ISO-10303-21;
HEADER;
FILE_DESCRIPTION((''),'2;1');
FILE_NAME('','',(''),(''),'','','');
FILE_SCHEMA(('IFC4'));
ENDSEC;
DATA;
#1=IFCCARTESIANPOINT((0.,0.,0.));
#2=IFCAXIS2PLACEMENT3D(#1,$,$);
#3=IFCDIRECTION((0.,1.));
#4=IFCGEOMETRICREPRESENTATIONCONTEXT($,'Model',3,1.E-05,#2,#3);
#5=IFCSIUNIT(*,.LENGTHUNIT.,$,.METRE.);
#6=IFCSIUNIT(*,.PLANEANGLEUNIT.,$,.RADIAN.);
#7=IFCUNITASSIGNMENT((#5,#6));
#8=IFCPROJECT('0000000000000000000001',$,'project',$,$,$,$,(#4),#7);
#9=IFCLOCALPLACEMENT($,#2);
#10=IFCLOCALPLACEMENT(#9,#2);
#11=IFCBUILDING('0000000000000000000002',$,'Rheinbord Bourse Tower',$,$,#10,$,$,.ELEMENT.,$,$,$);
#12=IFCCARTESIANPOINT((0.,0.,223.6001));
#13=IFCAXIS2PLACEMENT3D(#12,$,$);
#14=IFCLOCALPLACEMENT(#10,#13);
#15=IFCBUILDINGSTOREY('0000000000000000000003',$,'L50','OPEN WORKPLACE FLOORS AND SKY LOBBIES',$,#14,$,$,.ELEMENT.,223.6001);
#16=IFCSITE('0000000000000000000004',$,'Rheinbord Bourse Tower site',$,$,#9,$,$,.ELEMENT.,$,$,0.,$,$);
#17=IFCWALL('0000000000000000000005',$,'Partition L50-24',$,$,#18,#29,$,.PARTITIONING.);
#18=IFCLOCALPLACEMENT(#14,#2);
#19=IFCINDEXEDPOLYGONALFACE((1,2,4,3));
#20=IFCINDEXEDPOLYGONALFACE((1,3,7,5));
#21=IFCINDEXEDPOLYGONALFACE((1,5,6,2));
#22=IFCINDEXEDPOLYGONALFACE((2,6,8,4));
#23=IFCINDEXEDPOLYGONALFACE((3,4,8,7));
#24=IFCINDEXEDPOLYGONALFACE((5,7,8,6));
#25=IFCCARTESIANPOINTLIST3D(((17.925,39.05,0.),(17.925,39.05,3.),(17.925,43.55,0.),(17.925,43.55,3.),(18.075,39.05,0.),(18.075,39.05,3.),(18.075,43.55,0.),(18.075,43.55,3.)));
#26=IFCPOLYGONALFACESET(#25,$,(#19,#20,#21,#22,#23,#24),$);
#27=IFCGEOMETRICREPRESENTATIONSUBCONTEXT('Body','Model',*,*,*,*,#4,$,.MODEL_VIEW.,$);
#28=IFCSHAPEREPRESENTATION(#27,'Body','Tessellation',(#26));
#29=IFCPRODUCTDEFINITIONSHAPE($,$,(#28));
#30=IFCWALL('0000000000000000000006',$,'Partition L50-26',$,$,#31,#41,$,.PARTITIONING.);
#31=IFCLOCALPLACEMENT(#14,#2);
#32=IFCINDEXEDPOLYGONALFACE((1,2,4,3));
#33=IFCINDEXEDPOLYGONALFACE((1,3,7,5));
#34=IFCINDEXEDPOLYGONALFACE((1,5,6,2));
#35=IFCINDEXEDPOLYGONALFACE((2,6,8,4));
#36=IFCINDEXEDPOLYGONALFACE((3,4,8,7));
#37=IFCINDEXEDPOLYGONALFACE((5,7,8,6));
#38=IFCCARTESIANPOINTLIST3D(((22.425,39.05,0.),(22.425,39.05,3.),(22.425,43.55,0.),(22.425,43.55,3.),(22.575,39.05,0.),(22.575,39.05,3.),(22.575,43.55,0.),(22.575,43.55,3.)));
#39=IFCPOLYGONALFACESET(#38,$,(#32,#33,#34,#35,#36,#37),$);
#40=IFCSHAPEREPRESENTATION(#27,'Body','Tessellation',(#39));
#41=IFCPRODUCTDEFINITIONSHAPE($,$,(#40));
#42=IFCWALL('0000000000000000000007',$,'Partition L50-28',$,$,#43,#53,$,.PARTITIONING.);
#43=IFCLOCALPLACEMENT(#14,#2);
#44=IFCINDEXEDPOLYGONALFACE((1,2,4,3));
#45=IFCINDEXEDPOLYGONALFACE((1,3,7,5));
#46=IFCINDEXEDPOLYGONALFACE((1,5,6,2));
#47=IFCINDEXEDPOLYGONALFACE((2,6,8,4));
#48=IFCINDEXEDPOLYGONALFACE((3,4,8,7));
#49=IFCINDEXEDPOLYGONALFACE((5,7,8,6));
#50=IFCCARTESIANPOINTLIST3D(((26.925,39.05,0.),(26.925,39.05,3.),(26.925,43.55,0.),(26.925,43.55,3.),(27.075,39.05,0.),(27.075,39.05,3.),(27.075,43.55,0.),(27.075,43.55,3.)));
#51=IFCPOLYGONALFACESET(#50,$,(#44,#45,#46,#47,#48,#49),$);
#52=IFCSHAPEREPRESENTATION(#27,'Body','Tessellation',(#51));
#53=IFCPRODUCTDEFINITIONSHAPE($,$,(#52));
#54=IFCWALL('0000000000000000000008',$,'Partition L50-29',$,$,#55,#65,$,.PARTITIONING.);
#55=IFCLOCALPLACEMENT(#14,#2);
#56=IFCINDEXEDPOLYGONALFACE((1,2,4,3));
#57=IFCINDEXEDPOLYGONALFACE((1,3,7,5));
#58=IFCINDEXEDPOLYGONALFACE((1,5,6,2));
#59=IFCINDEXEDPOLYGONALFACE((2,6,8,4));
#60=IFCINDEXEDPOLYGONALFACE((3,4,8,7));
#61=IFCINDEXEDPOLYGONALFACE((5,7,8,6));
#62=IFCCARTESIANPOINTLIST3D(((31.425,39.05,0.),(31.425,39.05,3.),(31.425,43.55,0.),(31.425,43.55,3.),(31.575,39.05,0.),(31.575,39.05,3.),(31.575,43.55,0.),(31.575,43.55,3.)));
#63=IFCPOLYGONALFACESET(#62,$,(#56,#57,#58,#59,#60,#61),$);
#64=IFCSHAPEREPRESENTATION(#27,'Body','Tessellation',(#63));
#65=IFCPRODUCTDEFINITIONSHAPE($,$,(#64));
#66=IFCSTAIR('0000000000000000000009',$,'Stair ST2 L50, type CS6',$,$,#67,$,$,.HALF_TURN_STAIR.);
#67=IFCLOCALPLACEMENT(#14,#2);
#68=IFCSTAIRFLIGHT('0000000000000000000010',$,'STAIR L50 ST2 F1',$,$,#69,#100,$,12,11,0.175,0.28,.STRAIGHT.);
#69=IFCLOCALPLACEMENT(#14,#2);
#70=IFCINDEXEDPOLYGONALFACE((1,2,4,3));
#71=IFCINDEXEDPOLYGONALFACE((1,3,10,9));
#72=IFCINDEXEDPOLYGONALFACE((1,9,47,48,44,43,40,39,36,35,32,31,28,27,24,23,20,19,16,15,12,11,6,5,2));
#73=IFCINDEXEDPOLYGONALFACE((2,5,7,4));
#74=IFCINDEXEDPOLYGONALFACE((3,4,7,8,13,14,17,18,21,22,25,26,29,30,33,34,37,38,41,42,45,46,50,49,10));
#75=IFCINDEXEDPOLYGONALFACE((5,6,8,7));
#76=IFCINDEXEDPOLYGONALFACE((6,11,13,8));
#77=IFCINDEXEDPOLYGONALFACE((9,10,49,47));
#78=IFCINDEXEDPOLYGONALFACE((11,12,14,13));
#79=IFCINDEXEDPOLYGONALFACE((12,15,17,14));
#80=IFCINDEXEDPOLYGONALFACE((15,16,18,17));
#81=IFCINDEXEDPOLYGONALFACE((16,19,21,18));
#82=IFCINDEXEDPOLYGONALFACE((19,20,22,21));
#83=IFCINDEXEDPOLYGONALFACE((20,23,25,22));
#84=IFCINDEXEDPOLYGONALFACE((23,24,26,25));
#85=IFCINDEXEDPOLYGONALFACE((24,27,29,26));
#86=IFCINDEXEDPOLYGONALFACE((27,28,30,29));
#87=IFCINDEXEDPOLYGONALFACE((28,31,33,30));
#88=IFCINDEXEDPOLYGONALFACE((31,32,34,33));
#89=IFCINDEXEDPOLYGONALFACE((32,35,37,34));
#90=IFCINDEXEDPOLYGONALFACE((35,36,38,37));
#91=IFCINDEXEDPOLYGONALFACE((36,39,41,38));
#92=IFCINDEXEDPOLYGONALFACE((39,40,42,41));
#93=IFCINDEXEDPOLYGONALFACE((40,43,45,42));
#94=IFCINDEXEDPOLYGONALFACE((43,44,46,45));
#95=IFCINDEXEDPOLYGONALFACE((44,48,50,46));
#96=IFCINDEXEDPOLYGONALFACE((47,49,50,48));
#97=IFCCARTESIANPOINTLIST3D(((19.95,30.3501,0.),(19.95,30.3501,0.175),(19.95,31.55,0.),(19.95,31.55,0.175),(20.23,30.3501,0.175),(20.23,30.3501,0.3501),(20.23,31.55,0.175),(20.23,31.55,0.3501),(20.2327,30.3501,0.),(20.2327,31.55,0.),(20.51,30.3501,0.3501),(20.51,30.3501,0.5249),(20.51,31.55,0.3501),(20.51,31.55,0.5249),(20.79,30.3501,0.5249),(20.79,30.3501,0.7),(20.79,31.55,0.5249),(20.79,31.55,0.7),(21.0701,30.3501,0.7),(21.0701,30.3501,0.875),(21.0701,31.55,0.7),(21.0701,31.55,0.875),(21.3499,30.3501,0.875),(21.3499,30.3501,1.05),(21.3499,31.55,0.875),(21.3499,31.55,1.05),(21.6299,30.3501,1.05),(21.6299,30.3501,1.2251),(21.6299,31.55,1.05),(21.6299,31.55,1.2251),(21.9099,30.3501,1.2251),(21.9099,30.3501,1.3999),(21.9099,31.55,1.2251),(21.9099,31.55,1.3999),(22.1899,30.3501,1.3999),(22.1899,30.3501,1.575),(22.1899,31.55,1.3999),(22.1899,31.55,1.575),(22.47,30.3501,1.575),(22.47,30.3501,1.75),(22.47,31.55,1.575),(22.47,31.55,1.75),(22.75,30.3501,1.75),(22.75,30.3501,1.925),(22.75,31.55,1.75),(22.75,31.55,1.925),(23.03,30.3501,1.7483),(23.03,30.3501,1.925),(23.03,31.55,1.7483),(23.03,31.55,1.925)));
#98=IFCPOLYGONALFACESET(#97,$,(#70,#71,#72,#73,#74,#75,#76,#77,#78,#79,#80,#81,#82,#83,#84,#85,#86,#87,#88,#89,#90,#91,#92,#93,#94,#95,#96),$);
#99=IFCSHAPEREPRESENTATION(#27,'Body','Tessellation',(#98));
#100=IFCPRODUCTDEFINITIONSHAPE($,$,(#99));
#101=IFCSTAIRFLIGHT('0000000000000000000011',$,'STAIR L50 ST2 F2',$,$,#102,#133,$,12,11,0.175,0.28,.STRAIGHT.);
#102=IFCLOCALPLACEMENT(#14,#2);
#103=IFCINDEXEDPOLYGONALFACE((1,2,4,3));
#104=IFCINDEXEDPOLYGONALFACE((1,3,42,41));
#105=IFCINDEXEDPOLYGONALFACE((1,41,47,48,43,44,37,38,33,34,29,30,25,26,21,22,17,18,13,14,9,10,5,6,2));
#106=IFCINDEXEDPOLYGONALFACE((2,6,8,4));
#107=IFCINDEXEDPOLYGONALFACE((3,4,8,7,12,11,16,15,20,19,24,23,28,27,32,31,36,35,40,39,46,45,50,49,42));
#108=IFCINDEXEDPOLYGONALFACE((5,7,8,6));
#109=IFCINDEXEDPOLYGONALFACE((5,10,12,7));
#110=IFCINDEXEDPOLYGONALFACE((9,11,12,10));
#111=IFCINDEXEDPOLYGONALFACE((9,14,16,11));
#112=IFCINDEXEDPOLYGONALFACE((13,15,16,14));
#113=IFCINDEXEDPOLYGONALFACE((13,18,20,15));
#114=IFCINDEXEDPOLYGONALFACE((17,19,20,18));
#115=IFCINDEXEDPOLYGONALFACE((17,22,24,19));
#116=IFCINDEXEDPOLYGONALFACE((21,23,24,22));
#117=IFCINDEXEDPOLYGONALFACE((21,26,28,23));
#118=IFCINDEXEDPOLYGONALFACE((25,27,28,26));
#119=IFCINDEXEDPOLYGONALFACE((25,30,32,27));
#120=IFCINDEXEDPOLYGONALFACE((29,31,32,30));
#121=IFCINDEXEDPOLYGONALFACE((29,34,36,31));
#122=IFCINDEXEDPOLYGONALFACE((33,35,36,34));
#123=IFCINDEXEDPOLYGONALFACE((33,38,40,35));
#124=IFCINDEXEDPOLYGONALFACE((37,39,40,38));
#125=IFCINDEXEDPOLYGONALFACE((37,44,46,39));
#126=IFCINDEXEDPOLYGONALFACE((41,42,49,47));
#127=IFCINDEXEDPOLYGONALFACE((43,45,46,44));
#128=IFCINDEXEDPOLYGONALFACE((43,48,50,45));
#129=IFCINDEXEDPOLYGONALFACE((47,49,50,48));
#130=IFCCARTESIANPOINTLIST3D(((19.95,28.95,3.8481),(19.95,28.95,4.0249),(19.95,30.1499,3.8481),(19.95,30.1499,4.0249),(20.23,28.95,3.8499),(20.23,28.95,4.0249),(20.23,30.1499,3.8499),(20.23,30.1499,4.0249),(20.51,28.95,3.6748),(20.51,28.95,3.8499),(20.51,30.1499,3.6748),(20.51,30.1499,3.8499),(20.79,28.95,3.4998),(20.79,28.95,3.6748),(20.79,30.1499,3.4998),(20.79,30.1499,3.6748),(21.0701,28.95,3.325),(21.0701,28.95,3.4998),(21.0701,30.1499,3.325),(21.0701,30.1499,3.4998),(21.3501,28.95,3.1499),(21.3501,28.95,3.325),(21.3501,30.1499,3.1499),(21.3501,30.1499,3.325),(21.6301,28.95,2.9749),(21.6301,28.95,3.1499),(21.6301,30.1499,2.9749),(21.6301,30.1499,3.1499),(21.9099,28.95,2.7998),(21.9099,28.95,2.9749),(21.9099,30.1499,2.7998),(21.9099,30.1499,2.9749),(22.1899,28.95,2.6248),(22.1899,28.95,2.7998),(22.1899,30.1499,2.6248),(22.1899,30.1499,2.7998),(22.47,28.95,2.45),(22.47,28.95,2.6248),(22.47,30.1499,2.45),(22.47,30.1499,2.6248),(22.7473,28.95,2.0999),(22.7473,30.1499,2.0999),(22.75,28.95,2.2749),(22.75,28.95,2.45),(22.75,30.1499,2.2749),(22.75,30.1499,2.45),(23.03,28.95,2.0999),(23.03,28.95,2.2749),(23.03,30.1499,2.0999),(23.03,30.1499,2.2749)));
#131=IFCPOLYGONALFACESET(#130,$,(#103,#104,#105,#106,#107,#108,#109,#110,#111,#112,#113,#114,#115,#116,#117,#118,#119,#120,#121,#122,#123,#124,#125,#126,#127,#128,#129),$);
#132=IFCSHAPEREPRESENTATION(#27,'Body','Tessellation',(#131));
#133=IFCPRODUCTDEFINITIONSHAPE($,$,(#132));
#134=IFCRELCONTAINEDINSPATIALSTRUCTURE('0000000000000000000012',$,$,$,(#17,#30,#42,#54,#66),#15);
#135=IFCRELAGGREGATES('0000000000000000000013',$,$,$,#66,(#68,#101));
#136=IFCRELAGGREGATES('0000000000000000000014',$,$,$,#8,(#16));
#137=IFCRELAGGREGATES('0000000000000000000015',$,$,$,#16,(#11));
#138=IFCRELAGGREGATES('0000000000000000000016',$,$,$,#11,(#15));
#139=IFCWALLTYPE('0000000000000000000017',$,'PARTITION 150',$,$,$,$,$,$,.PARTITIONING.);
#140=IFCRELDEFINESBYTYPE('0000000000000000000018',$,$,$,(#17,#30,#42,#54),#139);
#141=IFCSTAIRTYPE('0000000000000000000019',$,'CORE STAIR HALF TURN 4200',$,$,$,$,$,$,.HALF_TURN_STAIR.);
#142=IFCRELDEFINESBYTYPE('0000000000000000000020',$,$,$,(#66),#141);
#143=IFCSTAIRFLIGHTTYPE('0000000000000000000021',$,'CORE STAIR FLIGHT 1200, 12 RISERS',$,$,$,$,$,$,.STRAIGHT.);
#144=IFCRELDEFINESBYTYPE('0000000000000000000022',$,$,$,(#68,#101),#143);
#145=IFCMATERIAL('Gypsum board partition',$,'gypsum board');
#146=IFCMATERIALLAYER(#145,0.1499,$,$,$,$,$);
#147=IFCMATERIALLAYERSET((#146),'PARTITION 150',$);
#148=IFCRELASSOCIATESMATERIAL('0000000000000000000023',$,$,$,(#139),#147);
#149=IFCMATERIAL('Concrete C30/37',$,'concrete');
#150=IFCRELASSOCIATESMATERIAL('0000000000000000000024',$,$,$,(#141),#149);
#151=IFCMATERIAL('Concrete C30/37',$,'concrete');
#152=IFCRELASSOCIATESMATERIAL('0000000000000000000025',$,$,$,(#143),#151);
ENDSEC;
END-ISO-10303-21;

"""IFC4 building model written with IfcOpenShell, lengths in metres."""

from ifc_helpers import new_model, si_unit, direction, frame, frame_2d, origin, place, context, subcontext, project, spatial, polyline, rectangle, outline, extrude, material, layer, layer_set, type_object, element, aggregate, save


model = new_model("IFC4")

# Units and contexts
model_context = context("Model", 3, precision=1e-05, world=origin(), true_north=direction((0.0, 1.0)))
body_context = subcontext(model_context, "Body", "Model", "MODEL_VIEW")
ifc_project = project(units=[si_unit("LENGTHUNIT", "METRE"), si_unit("PLANEANGLEUNIT", "RADIAN")], contexts=[model_context])

# Site, building, storey
site_placement = place(None, origin())
site = spatial("IfcSite", under=ifc_project, at=site_placement, Name="Rheinbord Bourse Tower site", CompositionType="ELEMENT", RefElevation=0.0)
building_placement = place(site_placement, origin())
building = spatial("IfcBuilding", under=site, at=building_placement, Name="Rheinbord Bourse Tower", CompositionType="ELEMENT")
storey_placement = place(building_placement, frame((0.0, 0.0, 223.6001)))
storey = spatial("IfcBuildingStorey", under=building, at=storey_placement, Name="L50", Description="OPEN WORKPLACE FLOORS AND SKY LOBBIES", CompositionType="ELEMENT", Elevation=223.6001)

# Walls
ifc_material_1 = material(Name="Gypsum board partition", Category="gypsum board")
ifc_layer_1 = layer(ifc_material_1, 0.1499)
ifc_layer_set_1 = layer_set([ifc_layer_1], Name="PARTITION 150")
wall_type_1 = type_object("IfcWallType", Name="PARTITION 150", PredefinedType="PARTITIONING", material=ifc_layer_set_1)
for number, where, z_axis, x_axis, name in (
    (1, (18.0, 39.05, 0.0), (0.0, 0.0, 1.0), (0.0, 1.0, 0.0), "Partition L50-24"),
    (2, (22.5, 39.05, 0.0), (0.0, 0.0, 1.0), (0.0, 1.0, 0.0), "Partition L50-26"),
    (3, (27.0, 39.05, 0.0), (0.0, 0.0, 1.0), (0.0, 1.0, 0.0), "Partition L50-28"),
    (4, (31.5, 39.05, 0.0), (0.0, 0.0, 1.0), (0.0, 1.0, 0.0), "Partition L50-29"),
):
    element("IfcWall", number, at=place(storey_placement, frame(where, z_axis=z_axis, x_axis=x_axis)), inside=storey, type_object=wall_type_1, Name=name, PredefinedType="PARTITIONING", context=body_context, shape_type="SweptSolid", body=[
        extrude(rectangle(XDim=4.5, YDim=0.1499, at=frame_2d((2.25, 0.0))), origin(), (0.0, 0.0, 1.0), 3.0),
    ])

# Stair, stair flights
ifc_material_2 = material(Name="Concrete C30/37", Category="concrete")
stair_type = type_object("IfcStairType", Name="CORE STAIR HALF TURN 4200", PredefinedType="HALF_TURN_STAIR", material=ifc_material_2)
stair_placement = place(storey_placement, origin())
stair = element("IfcStair", 5, at=stair_placement, inside=storey, type_object=stair_type, Name="Stair ST2 L50, type CS6", PredefinedType="HALF_TURN_STAIR")
ifc_material_3 = material(Name="Concrete C30/37", Category="concrete")
stair_flight_type = type_object("IfcStairFlightType", Name="CORE STAIR FLIGHT 1200, 12 RISERS", PredefinedType="STRAIGHT", material=ifc_material_3)
stair_flight_1_placement = place(storey_placement, frame((19.95, 30.95, 0.0), z_axis=(0.0, 0.0, 1.0), x_axis=(1.0, 0.0, 0.0)))
stair_flight_1 = element("IfcStairFlight", 6, at=stair_flight_1_placement, type_object=stair_flight_type, Name="STAIR L50 ST2 F1", NumberOfRisers=12, NumberOfTreads=11, PredefinedType="STRAIGHT", RiserHeight=0.175, TreadLength=0.28, context=body_context, shape_type="SweptSolid", body=[
    extrude(outline(polyline([(0.0, 0.0), (0.0, 0.175), (0.28, 0.175), (0.28, 0.3501), (0.5601, 0.3501), (0.5601, 0.5249), (0.8401, 0.5249), (0.8401, 0.7), (1.1201, 0.7), (1.1201, 0.875), (1.3999, 0.875), (1.3999, 1.05), (1.6799, 1.05), (1.6799, 1.2251), (1.96, 1.2251), (1.96, 1.3999), (2.24, 1.3999), (2.24, 1.575), (2.52, 1.575), (2.52, 1.75), (2.8, 1.75), (2.8, 1.925), (3.0801, 1.925), (3.0801, 2.1001), (3.0801, 1.7483), (0.2827, 0.0), (0.0, 0.0)])), frame((0.0, 0.6001, 0.0), z_axis=(0.0, -1.0, 0.0), x_axis=(1.0, 0.0, 0.0)), (0.0, 0.0, 1.0), 1.2),
])
stair_flight_2_placement = place(storey_placement, frame((23.03, 29.55, 2.0999), z_axis=(0.0, 0.0, 1.0), x_axis=(-1.0, 0.0, 0.0)))
stair_flight_2 = element("IfcStairFlight", 7, at=stair_flight_2_placement, type_object=stair_flight_type, Name="STAIR L50 ST2 F2", NumberOfRisers=12, NumberOfTreads=11, PredefinedType="STRAIGHT", RiserHeight=0.175, TreadLength=0.28, context=body_context, shape_type="SweptSolid", body=[
    extrude(outline(polyline([(0.0, 0.0), (0.0, 0.175), (0.28, 0.175), (0.28, 0.3501), (0.5601, 0.3501), (0.5601, 0.5249), (0.8401, 0.5249), (0.8401, 0.7), (1.1201, 0.7), (1.1201, 0.875), (1.3999, 0.875), (1.3999, 1.05), (1.6799, 1.05), (1.6799, 1.2251), (1.96, 1.2251), (1.96, 1.3999), (2.24, 1.3999), (2.24, 1.575), (2.52, 1.575), (2.52, 1.75), (2.8, 1.75), (2.8, 1.925), (3.0801, 1.925), (3.0801, 2.1001), (3.0801, 1.7483), (0.2827, 0.0), (0.0, 0.0)])), frame((0.0, 0.6001, 0.0), z_axis=(0.0, -1.0, 0.0), x_axis=(1.0, 0.0, 0.0)), (0.0, 0.0, 1.0), 1.2),
])
aggregate(stair, [stair_flight_1, stair_flight_2])

save(model, "model.ifc")
